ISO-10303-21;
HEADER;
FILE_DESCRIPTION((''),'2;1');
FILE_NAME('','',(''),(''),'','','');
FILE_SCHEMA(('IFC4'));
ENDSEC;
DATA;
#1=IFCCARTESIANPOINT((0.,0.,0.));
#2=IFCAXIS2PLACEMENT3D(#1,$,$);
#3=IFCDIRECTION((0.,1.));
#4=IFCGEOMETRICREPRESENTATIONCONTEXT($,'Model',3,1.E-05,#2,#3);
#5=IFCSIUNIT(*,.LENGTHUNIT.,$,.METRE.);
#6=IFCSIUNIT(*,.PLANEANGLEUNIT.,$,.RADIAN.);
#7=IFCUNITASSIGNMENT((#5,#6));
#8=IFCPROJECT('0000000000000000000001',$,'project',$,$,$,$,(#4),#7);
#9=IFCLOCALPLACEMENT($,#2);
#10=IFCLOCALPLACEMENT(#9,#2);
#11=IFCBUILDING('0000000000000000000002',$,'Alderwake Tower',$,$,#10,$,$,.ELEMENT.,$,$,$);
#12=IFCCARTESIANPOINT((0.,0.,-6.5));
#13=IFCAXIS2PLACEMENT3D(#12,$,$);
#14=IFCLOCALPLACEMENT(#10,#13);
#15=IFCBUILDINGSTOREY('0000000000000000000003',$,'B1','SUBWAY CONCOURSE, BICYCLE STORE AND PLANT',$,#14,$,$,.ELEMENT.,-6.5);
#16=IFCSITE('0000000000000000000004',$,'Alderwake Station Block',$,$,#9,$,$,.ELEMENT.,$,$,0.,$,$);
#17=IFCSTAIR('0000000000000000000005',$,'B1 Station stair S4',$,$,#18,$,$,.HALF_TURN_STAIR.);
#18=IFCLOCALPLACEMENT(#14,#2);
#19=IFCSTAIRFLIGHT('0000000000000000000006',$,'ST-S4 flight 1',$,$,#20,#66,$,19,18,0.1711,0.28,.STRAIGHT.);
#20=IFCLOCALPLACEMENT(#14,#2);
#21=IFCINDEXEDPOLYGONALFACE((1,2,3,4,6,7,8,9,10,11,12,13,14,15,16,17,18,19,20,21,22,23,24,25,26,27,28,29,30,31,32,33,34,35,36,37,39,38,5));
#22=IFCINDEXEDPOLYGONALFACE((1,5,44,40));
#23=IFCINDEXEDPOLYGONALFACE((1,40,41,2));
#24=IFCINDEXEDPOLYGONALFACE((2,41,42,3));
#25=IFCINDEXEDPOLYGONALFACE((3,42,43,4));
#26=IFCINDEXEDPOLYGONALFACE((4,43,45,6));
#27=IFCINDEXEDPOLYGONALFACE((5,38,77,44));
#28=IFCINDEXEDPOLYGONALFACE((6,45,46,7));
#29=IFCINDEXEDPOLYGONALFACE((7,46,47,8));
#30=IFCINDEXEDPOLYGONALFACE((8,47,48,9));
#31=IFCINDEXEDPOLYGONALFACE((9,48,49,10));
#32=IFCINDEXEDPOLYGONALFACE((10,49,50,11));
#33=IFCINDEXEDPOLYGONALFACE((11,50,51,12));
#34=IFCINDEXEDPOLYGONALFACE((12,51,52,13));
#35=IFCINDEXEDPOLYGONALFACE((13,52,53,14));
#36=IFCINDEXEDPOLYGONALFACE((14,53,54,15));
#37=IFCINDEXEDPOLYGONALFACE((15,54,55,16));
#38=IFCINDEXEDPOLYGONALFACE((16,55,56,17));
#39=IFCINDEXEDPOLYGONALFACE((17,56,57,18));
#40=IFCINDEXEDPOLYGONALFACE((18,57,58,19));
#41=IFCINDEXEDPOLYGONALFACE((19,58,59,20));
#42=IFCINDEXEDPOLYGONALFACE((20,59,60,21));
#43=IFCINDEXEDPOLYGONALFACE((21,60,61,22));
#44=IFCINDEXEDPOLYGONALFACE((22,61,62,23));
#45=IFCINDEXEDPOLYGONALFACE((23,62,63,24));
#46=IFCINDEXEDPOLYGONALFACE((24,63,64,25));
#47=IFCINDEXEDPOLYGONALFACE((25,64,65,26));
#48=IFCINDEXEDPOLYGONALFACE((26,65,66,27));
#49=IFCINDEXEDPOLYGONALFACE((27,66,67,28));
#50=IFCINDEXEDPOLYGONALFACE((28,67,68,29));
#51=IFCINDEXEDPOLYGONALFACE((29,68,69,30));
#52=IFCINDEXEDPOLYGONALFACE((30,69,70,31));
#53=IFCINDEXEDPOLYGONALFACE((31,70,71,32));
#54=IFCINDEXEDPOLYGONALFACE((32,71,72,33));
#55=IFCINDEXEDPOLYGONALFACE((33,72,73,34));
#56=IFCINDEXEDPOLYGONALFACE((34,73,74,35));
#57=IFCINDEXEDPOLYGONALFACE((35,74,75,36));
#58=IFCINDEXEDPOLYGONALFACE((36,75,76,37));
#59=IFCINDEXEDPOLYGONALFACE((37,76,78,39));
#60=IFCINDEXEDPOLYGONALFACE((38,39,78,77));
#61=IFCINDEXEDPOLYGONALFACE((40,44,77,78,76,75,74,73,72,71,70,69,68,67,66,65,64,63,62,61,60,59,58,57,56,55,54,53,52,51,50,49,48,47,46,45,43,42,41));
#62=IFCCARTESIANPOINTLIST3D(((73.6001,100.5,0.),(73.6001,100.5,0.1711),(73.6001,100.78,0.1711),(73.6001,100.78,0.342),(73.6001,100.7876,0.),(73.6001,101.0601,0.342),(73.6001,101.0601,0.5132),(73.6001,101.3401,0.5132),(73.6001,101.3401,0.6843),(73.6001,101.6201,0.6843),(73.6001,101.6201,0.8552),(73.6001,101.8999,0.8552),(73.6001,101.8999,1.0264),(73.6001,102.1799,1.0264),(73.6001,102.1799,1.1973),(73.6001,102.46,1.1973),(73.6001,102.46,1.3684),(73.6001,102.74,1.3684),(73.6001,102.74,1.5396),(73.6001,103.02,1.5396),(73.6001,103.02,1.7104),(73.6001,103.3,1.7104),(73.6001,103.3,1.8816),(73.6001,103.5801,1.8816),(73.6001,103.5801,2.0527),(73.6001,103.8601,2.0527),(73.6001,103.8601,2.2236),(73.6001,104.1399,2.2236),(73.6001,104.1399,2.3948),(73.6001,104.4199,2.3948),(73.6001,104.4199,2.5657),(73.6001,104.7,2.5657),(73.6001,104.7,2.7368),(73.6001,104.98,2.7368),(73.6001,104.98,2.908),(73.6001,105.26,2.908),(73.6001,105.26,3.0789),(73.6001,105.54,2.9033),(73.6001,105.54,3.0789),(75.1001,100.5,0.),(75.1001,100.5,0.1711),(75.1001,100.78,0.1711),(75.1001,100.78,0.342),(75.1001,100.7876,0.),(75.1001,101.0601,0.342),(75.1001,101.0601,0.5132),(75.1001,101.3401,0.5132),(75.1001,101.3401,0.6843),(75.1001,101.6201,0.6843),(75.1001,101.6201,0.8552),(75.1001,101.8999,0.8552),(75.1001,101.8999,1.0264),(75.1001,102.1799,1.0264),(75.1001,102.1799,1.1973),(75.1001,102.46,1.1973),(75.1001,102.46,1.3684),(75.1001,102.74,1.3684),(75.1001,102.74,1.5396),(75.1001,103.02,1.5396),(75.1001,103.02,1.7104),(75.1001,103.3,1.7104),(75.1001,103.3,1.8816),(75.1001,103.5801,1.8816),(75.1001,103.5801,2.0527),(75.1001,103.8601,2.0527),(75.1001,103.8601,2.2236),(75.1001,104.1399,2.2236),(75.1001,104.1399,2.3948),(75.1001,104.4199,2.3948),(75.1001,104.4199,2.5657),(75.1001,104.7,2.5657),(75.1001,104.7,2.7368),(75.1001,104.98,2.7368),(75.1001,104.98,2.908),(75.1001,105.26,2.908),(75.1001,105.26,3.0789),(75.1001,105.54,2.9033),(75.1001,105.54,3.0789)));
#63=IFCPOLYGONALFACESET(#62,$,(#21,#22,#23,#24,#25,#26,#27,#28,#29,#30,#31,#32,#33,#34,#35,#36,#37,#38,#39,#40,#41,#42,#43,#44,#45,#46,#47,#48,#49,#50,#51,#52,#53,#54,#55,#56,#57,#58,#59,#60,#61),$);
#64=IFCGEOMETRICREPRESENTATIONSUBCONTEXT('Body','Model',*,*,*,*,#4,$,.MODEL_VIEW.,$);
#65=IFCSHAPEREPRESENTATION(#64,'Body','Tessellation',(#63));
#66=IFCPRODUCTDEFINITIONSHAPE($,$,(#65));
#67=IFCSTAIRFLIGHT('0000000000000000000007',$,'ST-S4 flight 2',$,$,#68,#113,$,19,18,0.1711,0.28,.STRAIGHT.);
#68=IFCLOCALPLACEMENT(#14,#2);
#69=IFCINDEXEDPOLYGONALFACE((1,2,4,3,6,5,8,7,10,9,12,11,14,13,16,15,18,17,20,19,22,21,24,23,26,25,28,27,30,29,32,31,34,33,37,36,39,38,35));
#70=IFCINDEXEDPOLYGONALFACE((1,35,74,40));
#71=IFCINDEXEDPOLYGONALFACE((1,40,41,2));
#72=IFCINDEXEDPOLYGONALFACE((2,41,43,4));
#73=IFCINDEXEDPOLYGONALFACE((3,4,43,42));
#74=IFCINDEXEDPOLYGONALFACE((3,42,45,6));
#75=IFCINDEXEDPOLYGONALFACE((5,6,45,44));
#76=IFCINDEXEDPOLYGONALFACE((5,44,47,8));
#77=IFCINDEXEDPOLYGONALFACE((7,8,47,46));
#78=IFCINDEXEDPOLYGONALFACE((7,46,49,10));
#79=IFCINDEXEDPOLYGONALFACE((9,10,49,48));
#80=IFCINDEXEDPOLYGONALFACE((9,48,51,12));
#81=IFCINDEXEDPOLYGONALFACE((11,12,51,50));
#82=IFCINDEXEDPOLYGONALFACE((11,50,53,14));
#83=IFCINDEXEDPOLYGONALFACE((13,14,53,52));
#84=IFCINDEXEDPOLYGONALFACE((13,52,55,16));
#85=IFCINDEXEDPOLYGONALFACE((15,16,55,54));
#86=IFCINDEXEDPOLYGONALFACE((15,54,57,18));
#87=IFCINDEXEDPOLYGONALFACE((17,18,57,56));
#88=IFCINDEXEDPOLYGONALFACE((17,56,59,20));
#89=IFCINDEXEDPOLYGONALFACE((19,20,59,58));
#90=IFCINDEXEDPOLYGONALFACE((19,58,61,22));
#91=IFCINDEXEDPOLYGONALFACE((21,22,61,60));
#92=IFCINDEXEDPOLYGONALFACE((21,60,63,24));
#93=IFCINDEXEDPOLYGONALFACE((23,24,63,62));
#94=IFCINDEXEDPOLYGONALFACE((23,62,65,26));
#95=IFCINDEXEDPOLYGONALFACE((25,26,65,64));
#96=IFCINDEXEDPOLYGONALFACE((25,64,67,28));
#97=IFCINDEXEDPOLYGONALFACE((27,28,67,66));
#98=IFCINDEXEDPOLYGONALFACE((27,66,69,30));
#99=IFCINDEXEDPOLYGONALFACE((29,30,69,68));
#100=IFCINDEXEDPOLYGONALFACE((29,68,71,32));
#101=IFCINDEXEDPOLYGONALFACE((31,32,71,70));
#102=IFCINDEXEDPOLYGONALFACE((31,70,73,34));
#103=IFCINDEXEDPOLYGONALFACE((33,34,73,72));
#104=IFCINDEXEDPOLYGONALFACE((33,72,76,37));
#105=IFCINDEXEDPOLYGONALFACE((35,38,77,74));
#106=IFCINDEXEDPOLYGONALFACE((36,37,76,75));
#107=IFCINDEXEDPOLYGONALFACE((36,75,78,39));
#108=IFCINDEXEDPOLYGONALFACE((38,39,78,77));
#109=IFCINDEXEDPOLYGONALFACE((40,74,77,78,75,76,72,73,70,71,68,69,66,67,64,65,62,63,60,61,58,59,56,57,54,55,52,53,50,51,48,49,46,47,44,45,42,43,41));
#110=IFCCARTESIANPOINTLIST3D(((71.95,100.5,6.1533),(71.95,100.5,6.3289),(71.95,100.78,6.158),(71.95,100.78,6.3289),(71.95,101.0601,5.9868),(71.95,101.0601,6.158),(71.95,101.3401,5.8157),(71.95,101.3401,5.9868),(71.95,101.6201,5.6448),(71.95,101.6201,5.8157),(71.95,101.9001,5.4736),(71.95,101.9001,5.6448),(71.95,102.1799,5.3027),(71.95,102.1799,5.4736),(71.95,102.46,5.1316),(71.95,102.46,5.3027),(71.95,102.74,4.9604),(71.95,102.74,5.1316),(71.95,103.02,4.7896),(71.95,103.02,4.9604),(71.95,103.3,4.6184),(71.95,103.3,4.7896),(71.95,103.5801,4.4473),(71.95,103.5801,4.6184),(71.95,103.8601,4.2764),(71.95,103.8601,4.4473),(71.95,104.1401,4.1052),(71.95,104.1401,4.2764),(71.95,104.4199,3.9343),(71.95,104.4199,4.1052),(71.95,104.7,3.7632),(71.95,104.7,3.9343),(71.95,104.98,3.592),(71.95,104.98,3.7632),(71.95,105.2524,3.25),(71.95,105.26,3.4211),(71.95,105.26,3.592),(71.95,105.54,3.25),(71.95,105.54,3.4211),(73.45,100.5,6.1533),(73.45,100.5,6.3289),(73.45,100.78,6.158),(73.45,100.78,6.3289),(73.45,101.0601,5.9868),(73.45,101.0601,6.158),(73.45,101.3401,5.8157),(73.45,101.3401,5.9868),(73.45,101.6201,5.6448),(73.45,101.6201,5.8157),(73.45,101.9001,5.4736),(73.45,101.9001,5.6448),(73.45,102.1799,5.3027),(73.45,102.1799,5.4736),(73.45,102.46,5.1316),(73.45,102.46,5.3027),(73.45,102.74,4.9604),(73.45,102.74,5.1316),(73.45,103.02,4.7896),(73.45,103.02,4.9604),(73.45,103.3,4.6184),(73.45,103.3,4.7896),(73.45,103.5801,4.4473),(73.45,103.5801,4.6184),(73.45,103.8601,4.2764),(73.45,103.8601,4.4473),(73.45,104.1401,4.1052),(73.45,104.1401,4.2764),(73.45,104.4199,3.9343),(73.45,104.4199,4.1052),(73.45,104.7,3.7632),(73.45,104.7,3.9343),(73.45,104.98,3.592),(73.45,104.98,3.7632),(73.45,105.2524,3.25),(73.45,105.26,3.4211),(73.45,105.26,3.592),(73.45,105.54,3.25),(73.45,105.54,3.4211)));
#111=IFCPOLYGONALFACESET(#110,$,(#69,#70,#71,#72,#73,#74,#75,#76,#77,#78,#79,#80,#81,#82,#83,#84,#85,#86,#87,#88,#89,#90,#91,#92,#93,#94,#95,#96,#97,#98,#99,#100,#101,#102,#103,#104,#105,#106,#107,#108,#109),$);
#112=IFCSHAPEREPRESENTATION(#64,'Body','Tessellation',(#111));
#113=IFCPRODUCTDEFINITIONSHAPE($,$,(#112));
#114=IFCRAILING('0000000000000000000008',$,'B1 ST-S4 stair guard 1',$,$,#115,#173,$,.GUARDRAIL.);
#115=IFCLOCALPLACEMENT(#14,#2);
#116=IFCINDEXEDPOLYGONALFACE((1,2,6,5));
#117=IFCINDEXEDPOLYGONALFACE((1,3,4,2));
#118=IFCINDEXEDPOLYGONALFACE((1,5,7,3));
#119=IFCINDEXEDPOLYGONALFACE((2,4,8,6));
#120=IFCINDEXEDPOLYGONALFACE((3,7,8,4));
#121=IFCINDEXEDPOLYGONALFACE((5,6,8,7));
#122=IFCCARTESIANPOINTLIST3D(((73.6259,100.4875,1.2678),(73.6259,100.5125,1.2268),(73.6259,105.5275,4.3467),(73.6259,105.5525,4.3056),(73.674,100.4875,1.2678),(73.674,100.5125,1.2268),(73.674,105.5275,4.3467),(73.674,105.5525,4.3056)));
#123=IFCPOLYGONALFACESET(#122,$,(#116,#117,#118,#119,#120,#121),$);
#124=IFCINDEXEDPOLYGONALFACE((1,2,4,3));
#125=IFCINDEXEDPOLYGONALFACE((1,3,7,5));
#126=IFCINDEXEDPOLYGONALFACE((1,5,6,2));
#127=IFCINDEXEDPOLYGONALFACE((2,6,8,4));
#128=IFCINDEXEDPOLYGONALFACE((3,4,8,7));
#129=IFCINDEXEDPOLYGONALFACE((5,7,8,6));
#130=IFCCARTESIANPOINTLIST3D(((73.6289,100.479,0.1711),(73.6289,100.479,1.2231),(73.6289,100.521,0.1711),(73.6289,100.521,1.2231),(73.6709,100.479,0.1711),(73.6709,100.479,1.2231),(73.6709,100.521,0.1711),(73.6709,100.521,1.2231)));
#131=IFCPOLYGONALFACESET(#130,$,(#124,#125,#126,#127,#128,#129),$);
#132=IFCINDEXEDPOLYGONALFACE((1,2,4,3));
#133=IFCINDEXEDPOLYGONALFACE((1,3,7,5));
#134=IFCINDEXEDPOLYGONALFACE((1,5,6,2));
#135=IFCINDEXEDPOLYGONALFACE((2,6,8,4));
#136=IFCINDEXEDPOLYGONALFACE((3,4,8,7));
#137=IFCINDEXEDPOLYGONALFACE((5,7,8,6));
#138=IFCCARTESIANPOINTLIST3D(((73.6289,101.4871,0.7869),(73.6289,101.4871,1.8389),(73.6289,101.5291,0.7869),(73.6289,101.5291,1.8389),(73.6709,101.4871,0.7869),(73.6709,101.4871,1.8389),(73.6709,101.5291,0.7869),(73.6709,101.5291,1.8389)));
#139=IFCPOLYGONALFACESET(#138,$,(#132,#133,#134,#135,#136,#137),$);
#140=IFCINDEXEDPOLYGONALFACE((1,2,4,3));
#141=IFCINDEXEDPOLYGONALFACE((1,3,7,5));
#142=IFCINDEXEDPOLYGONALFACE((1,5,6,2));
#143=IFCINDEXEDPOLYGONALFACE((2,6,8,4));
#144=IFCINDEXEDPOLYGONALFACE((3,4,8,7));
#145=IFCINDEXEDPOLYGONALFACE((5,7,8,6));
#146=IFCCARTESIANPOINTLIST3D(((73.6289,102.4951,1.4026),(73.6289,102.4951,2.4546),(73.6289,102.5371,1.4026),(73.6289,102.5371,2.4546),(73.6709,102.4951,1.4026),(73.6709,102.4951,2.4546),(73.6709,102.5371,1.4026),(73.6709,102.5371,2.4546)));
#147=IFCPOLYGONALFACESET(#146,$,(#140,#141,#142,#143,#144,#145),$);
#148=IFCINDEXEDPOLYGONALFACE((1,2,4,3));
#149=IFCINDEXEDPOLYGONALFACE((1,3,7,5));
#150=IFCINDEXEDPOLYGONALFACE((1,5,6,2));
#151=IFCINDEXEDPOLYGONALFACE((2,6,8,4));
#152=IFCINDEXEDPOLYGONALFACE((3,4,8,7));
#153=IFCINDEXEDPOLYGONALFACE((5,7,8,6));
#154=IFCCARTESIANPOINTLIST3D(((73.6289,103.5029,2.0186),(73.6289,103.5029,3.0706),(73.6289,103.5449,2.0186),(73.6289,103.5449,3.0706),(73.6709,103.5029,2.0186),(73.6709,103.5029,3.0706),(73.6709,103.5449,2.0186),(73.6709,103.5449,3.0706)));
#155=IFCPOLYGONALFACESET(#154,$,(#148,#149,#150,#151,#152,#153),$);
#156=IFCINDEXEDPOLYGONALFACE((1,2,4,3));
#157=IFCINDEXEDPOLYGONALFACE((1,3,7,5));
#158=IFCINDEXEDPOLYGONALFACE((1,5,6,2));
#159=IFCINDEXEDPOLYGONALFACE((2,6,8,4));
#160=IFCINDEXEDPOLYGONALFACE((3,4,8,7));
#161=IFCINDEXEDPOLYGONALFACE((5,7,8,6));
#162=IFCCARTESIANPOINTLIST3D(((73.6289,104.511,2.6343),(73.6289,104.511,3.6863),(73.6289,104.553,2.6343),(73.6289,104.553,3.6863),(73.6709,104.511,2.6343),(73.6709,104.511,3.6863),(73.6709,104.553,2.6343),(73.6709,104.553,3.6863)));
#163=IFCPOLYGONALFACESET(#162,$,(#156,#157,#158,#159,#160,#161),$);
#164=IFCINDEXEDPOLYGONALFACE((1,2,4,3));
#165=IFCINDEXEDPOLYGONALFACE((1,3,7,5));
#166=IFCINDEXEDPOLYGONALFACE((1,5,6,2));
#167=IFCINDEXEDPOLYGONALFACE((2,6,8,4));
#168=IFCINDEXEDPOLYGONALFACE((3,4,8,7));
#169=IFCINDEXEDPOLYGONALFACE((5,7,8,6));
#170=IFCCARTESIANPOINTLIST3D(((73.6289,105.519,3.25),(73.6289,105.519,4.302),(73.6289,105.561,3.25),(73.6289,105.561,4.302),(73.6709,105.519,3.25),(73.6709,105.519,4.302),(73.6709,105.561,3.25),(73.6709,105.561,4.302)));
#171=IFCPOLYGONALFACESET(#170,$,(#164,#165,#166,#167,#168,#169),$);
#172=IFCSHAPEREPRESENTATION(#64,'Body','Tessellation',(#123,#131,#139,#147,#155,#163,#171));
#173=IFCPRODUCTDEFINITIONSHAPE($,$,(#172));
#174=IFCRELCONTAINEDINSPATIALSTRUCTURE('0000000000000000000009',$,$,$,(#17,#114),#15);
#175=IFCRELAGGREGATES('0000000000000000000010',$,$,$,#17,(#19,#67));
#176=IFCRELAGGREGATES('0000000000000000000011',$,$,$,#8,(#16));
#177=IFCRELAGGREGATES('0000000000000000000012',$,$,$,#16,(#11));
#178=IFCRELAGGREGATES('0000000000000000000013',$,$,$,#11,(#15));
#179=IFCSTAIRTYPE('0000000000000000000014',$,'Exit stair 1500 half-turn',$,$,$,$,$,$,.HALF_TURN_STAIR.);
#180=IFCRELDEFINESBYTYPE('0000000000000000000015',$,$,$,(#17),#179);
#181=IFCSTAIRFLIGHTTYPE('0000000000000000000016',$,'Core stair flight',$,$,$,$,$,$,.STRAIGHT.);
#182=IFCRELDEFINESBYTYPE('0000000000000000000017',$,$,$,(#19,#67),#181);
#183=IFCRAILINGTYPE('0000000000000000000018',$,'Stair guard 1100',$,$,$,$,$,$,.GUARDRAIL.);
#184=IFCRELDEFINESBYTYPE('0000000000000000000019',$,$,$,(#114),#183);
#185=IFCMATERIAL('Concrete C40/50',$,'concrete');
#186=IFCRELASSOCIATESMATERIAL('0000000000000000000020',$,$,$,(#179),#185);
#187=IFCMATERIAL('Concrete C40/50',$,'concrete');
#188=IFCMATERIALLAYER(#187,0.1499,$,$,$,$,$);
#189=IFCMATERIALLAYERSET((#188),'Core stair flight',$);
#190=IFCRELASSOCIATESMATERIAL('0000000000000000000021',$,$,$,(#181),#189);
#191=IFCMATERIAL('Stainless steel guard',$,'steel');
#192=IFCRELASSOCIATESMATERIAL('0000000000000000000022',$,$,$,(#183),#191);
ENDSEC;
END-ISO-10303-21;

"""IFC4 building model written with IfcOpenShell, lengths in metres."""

from ifc_helpers import new_model, si_unit, direction, frame, origin, origin_2d, place, context, subcontext, project, spatial, polyline, rectangle, outline, extrude, material, layer, layer_set, type_object, element, aggregate, save


model = new_model("IFC4")

# Units and contexts
model_context = context("Model", 3, precision=1e-05, world=origin(), true_north=direction((0.0, 1.0)))
body_context = subcontext(model_context, "Body", "Model", "MODEL_VIEW")
ifc_project = project(units=[si_unit("LENGTHUNIT", "METRE"), si_unit("PLANEANGLEUNIT", "RADIAN")], contexts=[model_context])

# Site, building, storey
site_placement = place(None, origin())
site = spatial("IfcSite", under=ifc_project, at=site_placement, Name="Alderwake Station Block", CompositionType="ELEMENT", RefElevation=0.0)
building_placement = place(site_placement, origin())
building = spatial("IfcBuilding", under=site, at=building_placement, Name="Alderwake Tower", CompositionType="ELEMENT")
storey_placement = place(building_placement, frame((0.0, 0.0, -6.5)))
storey = spatial("IfcBuildingStorey", under=building, at=storey_placement, Name="B1", Description="SUBWAY CONCOURSE, BICYCLE STORE AND PLANT", CompositionType="ELEMENT", Elevation=-6.5)

# Stair, stair flights
ifc_material_1 = material(Name="Concrete C40/50", Category="concrete")
stair_type = type_object("IfcStairType", Name="Exit stair 1500 half-turn", PredefinedType="HALF_TURN_STAIR", material=ifc_material_1)
stair_placement = place(storey_placement, origin())
stair = element("IfcStair", 1, at=stair_placement, inside=storey, type_object=stair_type, Name="B1 Station stair S4", PredefinedType="HALF_TURN_STAIR")
ifc_material_2 = material(Name="Concrete C40/50", Category="concrete")
ifc_layer_1 = layer(ifc_material_2, 0.1499)
ifc_layer_set_1 = layer_set([ifc_layer_1], Name="Core stair flight")
stair_flight_type = type_object("IfcStairFlightType", Name="Core stair flight", PredefinedType="STRAIGHT", material=ifc_layer_set_1)
stair_flight_1_placement = place(storey_placement, frame((74.3501, 100.5, 0.0), z_axis=(0.0, 0.0, 1.0), x_axis=(0.0, 1.0, 0.0)))
stair_flight_1 = element("IfcStairFlight", 2, at=stair_flight_1_placement, type_object=stair_flight_type, Name="ST-S4 flight 1", NumberOfRisers=19, NumberOfTreads=18, PredefinedType="STRAIGHT", RiserHeight=0.1711, TreadLength=0.28, context=body_context, shape_type="SweptSolid", body=[
    extrude(outline(polyline([(0.0, 0.0), (0.0, 0.1711), (0.28, 0.1711), (0.28, 0.342), (0.5601, 0.342), (0.5601, 0.5132), (0.8401, 0.5132), (0.8401, 0.6843), (1.1201, 0.6843), (1.1201, 0.8552), (1.3999, 0.8552), (1.3999, 1.0264), (1.6799, 1.0264), (1.6799, 1.1973), (1.96, 1.1973), (1.96, 1.3684), (2.24, 1.3684), (2.24, 1.5396), (2.52, 1.5396), (2.52, 1.7104), (2.8, 1.7104), (2.8, 1.8816), (3.0801, 1.8816), (3.0801, 2.0527), (3.3601, 2.0527), (3.3601, 2.2236), (3.6399, 2.2236), (3.6399, 2.3948), (3.9199, 2.3948), (3.9199, 2.5657), (4.2, 2.5657), (4.2, 2.7368), (4.48, 2.7368), (4.48, 2.908), (4.76, 2.908), (4.76, 3.0789), (5.04, 3.0789), (5.04, 3.25), (5.04, 2.9033), (0.2876, 0.0), (0.0, 0.0)])), frame((0.0, 0.75, 0.0), z_axis=(0.0, -1.0, 0.0), x_axis=(1.0, 0.0, 0.0)), (0.0, 0.0, 1.0), 1.5),
])
stair_flight_2_placement = place(storey_placement, frame((72.7, 105.54, 3.25), z_axis=(0.0, 0.0, 1.0), x_axis=(0.0, -1.0, 0.0)))
stair_flight_2 = element("IfcStairFlight", 3, at=stair_flight_2_placement, type_object=stair_flight_type, Name="ST-S4 flight 2", NumberOfRisers=19, NumberOfTreads=18, PredefinedType="STRAIGHT", RiserHeight=0.1711, TreadLength=0.28, context=body_context, shape_type="SweptSolid", body=[
    extrude(outline(polyline([(0.0, 0.0), (0.0, 0.1711), (0.28, 0.1711), (0.28, 0.342), (0.5601, 0.342), (0.5601, 0.5132), (0.8401, 0.5132), (0.8401, 0.6843), (1.1201, 0.6843), (1.1201, 0.8552), (1.3999, 0.8552), (1.3999, 1.0264), (1.6799, 1.0264), (1.6799, 1.1973), (1.96, 1.1973), (1.96, 1.3684), (2.24, 1.3684), (2.24, 1.5396), (2.52, 1.5396), (2.52, 1.7104), (2.8, 1.7104), (2.8, 1.8816), (3.0801, 1.8816), (3.0801, 2.0527), (3.3601, 2.0527), (3.3601, 2.2236), (3.6399, 2.2236), (3.6399, 2.3948), (3.9199, 2.3948), (3.9199, 2.5657), (4.2, 2.5657), (4.2, 2.7368), (4.48, 2.7368), (4.48, 2.908), (4.76, 2.908), (4.76, 3.0789), (5.04, 3.0789), (5.04, 3.25), (5.04, 2.9033), (0.2876, 0.0), (0.0, 0.0)])), frame((0.0, 0.75, 0.0), z_axis=(0.0, -1.0, 0.0), x_axis=(1.0, 0.0, 0.0)), (0.0, 0.0, 1.0), 1.5),
])
aggregate(stair, [stair_flight_1, stair_flight_2])

# Railing
ifc_material_3 = material(Name="Stainless steel guard", Category="steel")
railing_type_1 = type_object("IfcRailingType", Name="Stair guard 1100", PredefinedType="GUARDRAIL", material=ifc_material_3)
railing_1_placement = place(storey_placement, frame((73.6499, 100.5, 0.1711)))
element("IfcRailing", 4, at=railing_1_placement, inside=storey, type_object=railing_type_1, Name="B1 ST-S4 stair guard 1", PredefinedType="GUARDRAIL", context=body_context, shape_type="SweptSolid", body=[
    extrude(rectangle(XDim=0.0481, YDim=0.0481, at=origin_2d()), frame((0.0, 0.0, 1.0762), z_axis=(0.0, 0.85337, 0.521306), x_axis=(-1.0, 0.0, 0.0)), (0.0, 0.0, 1.0), 5.906),
    extrude(rectangle(XDim=0.042, YDim=0.042, at=origin_2d()), frame((0.0, 0.0, 0.0), z_axis=(0.0, 0.0, 1.0), x_axis=(0.0, 1.0, 0.0)), (0.0, 0.0, 1.0), 1.052),
    extrude(rectangle(XDim=0.042, YDim=0.042, at=origin_2d()), frame((0.0, 1.0081, 0.6157), z_axis=(0.0, 0.0, 1.0), x_axis=(0.0, 1.0, 0.0)), (0.0, 0.0, 1.0), 1.052),
    extrude(rectangle(XDim=0.042, YDim=0.042, at=origin_2d()), frame((0.0, 2.0161, 1.2314), z_axis=(0.0, 0.0, 1.0), x_axis=(0.0, 1.0, 0.0)), (0.0, 0.0, 1.0), 1.052),
    extrude(rectangle(XDim=0.042, YDim=0.042, at=origin_2d()), frame((0.0, 3.0239, 1.8474), z_axis=(0.0, 0.0, 1.0), x_axis=(0.0, 1.0, 0.0)), (0.0, 0.0, 1.0), 1.052),
    extrude(rectangle(XDim=0.042, YDim=0.042, at=origin_2d()), frame((0.0, 4.032, 2.4631), z_axis=(0.0, 0.0, 1.0), x_axis=(0.0, 1.0, 0.0)), (0.0, 0.0, 1.0), 1.052),
    extrude(rectangle(XDim=0.042, YDim=0.042, at=origin_2d()), frame((0.0, 5.04, 3.0789), z_axis=(0.0, 0.0, 1.0), x_axis=(0.0, 1.0, 0.0)), (0.0, 0.0, 1.0), 1.052),
])

save(model, "model.ifc")
